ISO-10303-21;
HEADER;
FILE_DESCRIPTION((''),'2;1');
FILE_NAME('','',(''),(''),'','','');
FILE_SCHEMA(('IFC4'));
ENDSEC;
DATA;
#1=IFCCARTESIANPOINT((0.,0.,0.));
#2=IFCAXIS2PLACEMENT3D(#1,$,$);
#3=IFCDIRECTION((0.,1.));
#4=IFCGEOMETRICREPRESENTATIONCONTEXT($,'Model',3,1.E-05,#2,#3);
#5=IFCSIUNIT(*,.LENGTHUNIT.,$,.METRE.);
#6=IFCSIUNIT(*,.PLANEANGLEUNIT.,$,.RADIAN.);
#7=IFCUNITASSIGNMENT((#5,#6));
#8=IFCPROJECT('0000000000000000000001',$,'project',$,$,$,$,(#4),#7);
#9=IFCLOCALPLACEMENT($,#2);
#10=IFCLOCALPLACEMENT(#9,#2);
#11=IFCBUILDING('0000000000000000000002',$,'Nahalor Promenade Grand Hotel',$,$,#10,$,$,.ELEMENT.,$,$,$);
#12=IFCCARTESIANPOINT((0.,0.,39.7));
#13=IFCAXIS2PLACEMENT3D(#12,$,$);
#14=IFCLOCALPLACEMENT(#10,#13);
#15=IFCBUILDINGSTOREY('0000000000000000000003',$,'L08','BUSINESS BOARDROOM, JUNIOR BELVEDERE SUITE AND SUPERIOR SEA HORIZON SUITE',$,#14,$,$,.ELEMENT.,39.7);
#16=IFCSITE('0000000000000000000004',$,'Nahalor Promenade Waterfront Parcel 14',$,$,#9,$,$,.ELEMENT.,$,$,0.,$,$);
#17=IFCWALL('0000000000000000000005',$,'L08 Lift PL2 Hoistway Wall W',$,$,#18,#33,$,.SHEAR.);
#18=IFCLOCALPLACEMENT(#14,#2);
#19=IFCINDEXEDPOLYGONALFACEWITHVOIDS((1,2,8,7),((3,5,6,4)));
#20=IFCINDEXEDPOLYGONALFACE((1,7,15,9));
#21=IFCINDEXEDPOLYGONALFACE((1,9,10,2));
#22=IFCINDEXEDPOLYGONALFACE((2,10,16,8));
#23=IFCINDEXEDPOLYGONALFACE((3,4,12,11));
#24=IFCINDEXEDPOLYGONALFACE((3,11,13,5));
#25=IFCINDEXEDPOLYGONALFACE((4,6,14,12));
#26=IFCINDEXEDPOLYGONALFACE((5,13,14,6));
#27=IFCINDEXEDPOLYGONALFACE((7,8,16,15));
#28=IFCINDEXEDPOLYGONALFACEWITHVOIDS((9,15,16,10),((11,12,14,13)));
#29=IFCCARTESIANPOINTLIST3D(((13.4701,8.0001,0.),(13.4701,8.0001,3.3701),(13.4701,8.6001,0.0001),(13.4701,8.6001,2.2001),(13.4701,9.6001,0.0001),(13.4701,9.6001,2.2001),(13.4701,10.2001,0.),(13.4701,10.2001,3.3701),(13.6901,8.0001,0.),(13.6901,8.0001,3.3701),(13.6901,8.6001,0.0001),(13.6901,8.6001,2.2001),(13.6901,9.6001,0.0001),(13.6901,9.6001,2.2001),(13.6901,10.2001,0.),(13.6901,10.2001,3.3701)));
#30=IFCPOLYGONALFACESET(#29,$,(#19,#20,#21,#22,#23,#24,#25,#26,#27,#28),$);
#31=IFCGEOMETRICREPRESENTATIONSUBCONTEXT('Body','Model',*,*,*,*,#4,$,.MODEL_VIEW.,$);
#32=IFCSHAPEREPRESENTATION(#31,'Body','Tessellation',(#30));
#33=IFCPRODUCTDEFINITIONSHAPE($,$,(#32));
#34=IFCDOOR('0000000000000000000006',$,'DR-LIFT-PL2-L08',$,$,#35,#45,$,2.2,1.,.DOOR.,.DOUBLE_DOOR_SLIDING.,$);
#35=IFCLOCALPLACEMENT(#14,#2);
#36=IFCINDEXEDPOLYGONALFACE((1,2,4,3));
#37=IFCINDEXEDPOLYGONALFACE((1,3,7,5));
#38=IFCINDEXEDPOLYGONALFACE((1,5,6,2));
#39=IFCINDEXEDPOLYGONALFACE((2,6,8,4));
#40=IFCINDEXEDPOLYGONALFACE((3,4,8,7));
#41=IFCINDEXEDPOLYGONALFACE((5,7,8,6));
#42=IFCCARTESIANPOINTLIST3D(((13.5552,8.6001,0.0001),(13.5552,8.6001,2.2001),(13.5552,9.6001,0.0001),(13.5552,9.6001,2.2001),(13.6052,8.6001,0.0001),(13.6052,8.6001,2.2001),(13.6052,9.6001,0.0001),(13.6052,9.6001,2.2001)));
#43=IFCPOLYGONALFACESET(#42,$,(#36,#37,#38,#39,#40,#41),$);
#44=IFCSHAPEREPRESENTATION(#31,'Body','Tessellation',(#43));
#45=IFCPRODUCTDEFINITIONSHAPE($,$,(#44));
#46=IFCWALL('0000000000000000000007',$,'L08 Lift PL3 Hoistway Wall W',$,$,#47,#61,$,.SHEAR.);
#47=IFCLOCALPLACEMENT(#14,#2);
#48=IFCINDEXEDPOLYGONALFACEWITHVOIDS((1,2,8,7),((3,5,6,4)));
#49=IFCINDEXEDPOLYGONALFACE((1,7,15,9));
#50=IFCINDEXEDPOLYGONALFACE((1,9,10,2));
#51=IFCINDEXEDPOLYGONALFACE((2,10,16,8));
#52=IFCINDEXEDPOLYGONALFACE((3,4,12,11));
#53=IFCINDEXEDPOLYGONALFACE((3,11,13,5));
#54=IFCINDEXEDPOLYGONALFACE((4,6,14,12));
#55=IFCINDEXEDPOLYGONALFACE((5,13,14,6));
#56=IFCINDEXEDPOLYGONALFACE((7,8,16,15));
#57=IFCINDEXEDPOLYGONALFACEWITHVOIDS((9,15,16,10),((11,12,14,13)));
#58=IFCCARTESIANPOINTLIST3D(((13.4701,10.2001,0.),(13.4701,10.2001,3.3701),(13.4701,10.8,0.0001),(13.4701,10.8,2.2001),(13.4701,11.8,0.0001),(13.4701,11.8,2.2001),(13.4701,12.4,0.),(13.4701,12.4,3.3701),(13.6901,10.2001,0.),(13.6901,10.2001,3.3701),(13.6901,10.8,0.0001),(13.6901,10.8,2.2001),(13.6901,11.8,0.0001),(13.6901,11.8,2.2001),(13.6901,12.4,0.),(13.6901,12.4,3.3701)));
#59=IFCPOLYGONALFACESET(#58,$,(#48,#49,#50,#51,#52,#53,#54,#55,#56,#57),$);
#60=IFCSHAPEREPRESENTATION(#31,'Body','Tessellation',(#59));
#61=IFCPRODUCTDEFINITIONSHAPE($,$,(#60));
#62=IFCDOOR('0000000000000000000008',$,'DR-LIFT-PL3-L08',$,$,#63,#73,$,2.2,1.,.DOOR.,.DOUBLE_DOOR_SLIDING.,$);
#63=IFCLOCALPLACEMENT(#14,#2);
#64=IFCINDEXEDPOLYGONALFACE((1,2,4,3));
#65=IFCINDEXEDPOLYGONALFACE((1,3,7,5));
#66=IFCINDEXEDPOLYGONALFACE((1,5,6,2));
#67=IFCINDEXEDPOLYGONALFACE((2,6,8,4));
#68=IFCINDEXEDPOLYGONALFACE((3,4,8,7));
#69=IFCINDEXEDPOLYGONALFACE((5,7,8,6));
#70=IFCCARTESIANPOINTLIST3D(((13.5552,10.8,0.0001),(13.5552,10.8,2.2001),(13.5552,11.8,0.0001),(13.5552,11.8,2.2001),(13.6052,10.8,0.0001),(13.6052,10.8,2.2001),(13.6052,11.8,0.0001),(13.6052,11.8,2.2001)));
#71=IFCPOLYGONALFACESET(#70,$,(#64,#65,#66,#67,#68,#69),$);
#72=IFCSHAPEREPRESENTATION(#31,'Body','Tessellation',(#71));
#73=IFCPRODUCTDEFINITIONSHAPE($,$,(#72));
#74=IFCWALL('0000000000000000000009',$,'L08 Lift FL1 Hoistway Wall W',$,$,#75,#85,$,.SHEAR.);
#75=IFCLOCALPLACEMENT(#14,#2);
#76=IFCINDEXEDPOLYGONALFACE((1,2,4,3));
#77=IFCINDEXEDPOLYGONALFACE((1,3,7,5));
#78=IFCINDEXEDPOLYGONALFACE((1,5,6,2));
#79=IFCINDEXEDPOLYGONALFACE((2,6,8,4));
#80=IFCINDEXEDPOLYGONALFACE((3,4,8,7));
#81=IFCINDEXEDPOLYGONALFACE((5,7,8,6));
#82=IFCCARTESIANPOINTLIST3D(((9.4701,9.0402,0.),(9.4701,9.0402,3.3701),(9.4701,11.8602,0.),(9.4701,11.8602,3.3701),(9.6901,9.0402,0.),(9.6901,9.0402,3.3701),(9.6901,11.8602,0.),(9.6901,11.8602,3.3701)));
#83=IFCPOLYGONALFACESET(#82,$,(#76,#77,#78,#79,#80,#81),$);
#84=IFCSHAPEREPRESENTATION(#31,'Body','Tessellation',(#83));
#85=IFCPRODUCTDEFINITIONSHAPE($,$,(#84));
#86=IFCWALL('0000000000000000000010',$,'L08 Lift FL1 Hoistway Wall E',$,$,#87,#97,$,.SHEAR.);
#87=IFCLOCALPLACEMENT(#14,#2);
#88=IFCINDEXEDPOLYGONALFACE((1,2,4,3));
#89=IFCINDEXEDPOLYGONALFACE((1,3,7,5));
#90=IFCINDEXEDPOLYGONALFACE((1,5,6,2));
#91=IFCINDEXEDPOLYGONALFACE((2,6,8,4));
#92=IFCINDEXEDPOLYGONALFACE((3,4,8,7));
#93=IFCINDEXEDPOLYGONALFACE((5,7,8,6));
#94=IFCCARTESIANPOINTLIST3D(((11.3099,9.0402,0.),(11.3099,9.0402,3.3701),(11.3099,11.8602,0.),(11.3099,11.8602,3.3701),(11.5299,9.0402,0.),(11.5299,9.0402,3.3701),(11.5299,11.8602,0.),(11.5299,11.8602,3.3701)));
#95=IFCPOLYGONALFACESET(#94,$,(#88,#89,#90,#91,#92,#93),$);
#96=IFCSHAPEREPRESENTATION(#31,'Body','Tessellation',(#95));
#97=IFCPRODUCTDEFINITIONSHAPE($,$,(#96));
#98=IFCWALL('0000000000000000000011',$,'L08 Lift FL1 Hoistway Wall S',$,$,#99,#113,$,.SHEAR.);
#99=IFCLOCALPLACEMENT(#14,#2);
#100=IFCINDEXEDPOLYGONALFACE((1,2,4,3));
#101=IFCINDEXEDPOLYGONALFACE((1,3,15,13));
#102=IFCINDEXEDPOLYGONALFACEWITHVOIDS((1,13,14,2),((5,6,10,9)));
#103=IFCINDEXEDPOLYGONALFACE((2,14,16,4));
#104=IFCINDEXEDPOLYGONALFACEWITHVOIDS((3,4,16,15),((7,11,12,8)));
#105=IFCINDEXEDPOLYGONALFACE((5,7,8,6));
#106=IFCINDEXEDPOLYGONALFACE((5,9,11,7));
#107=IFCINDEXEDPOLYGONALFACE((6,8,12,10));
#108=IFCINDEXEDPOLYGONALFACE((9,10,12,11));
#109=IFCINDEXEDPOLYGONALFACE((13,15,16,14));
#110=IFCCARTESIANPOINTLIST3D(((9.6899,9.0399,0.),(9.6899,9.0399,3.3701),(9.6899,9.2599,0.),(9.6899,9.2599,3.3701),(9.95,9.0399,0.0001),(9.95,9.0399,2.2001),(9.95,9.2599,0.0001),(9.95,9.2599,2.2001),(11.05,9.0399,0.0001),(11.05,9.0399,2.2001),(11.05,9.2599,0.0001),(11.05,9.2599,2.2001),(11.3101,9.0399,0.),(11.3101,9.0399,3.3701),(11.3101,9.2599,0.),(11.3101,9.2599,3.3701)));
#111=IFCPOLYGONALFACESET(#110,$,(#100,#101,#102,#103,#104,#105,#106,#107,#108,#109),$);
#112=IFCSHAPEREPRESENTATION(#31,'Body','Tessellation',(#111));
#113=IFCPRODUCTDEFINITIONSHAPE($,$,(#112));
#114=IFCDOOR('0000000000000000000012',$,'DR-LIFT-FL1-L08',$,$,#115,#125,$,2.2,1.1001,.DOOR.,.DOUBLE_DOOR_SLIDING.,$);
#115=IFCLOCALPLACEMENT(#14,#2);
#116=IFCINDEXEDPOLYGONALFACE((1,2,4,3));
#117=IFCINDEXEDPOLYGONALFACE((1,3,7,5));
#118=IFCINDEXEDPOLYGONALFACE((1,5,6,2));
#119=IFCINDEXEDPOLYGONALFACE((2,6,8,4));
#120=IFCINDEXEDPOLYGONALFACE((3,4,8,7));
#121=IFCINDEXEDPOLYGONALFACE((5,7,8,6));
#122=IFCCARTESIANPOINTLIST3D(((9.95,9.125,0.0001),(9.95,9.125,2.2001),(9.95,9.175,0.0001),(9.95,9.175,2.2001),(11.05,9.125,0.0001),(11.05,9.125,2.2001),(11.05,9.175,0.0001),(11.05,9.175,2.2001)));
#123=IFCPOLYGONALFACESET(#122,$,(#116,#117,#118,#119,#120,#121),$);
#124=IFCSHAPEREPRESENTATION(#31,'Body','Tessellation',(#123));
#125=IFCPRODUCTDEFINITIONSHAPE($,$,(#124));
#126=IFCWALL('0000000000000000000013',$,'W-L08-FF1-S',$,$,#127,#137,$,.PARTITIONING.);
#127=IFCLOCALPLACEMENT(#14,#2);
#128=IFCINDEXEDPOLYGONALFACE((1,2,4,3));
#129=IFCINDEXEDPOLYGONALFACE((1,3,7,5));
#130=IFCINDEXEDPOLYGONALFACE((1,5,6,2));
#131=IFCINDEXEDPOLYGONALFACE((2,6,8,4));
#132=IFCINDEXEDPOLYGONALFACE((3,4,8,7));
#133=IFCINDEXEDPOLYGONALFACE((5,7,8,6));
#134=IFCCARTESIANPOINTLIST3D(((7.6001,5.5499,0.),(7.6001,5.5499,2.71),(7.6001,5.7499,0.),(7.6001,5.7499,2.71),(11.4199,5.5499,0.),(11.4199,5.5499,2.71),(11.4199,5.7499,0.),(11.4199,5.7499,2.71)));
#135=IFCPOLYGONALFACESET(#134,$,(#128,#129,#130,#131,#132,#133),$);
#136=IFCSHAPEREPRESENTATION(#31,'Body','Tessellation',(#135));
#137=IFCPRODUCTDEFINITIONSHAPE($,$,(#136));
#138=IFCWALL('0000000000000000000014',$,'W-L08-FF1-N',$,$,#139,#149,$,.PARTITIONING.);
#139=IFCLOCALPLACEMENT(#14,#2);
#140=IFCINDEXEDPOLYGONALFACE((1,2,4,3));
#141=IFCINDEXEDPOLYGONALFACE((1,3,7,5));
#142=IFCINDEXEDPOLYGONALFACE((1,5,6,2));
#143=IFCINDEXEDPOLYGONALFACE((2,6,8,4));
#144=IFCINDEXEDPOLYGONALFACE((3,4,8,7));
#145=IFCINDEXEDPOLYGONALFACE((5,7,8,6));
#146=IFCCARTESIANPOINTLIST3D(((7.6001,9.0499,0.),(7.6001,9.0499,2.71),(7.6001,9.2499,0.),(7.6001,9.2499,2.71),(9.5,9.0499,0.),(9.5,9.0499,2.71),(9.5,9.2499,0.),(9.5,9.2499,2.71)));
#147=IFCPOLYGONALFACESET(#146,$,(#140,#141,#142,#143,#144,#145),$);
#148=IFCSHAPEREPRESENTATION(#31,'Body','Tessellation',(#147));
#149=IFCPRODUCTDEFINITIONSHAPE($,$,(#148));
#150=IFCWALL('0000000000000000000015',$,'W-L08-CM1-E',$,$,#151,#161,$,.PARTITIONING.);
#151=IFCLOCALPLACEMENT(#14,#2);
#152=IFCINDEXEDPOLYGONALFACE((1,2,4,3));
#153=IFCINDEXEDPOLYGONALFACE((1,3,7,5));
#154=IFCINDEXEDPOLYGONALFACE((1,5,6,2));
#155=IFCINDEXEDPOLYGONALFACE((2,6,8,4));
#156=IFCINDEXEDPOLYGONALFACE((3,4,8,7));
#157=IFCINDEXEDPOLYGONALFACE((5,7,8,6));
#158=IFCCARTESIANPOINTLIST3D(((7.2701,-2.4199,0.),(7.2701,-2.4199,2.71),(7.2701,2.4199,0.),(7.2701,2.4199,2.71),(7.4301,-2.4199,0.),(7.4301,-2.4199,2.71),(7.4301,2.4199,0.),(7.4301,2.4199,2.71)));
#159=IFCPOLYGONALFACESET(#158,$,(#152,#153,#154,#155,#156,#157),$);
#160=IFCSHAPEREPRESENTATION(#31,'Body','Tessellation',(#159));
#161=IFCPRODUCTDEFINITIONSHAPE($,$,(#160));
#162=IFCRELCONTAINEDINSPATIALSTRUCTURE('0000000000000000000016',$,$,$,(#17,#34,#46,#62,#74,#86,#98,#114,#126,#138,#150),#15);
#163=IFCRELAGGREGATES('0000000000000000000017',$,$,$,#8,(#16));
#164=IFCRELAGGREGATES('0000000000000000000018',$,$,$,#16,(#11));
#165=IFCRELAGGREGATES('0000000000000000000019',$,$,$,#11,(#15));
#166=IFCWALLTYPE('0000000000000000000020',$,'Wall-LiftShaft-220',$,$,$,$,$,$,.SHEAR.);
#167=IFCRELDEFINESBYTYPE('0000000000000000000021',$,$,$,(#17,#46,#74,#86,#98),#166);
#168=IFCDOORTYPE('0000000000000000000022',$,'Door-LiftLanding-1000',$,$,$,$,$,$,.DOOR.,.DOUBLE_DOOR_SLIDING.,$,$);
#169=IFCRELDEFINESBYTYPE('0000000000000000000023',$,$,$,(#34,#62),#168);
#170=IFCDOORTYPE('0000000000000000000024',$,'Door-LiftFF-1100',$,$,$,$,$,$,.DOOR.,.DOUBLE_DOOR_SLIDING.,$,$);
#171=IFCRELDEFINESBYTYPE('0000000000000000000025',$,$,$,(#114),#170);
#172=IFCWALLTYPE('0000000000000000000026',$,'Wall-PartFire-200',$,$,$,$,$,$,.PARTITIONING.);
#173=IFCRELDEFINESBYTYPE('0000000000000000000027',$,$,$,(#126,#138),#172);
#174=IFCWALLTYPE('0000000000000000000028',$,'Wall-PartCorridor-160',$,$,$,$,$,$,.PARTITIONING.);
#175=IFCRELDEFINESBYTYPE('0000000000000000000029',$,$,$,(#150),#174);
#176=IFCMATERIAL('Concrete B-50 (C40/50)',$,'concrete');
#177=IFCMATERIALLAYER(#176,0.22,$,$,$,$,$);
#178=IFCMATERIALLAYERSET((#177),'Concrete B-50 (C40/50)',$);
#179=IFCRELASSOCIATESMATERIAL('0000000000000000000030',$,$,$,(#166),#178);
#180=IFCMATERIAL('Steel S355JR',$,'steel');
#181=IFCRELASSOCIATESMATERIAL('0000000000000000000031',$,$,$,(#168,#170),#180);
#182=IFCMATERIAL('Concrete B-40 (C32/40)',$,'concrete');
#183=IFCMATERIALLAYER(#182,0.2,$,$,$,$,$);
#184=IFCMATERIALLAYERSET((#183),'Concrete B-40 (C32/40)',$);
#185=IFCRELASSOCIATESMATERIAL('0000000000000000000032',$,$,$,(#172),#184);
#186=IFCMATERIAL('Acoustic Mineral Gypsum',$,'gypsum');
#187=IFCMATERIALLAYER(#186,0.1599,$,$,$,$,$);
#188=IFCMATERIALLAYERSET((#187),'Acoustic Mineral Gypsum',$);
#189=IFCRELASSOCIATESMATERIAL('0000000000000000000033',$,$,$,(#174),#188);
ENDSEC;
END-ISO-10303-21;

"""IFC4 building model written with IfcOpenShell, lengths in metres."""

from ifc_helpers import new_model, si_unit, direction, frame, frame_2d, origin, place, context, subcontext, project, spatial, rectangle, extrude, source, transform, mapped, material, layer, layer_set, type_object, element, fill, save


model = new_model("IFC4")

# Units and contexts
model_context = context("Model", 3, precision=1e-05, world=origin(), true_north=direction((0.0, 1.0)))
body_context = subcontext(model_context, "Body", "Model", "MODEL_VIEW")
ifc_project = project(units=[si_unit("LENGTHUNIT", "METRE"), si_unit("PLANEANGLEUNIT", "RADIAN")], contexts=[model_context])

# Site, building, storey
site_placement = place(None, origin())
site = spatial("IfcSite", under=ifc_project, at=site_placement, Name="Nahalor Promenade Waterfront Parcel 14", CompositionType="ELEMENT", RefElevation=0.0)
building_placement = place(site_placement, origin())
building = spatial("IfcBuilding", under=site, at=building_placement, Name="Nahalor Promenade Grand Hotel", CompositionType="ELEMENT")
storey_placement = place(building_placement, frame((0.0, 0.0, 39.7)))
storey = spatial("IfcBuildingStorey", under=building, at=storey_placement, Name="L08", Description="BUSINESS BOARDROOM, JUNIOR BELVEDERE SUITE AND SUPERIOR SEA HORIZON SUITE", CompositionType="ELEMENT", Elevation=39.7)

# Shared definitions
ifc_material_1 = material(Name="Steel S355JR", Category="steel")

# Shared definitions
ifc_material_2 = material(Name="Concrete B-50 (C40/50)", Category="concrete")
ifc_layer_1 = layer(ifc_material_2, 0.22)
ifc_layer_set_1 = layer_set([ifc_layer_1], Name="Concrete B-50 (C40/50)")
wall_type_1 = type_object("IfcWallType", Name="Wall-LiftShaft-220", PredefinedType="SHEAR", material=ifc_layer_set_1)
door_type_1 = type_object("IfcDoorType", Name="Door-LiftLanding-1000", OperationType="DOUBLE_DOOR_SLIDING", PredefinedType="DOOR", material=ifc_material_1)
shared_shape_1 = source(origin(), body_context, "Body", "SweptSolid", [
    extrude(rectangle(XDim=1.0, YDim=2.2, at=frame_2d((0.5, 1.1001))), frame((0.0, 0.0249, 0.0), z_axis=(0.0, -1.0, 0.0), x_axis=(1.0, 0.0, 0.0)), (0.0, 0.0, 1.0), 0.05),
])

# Walls, openings, doors
shared_shape_2 = source(origin(), body_context, "Body", "SweptSolid", [
    extrude(rectangle(XDim=2.2, YDim=0.22, at=frame_2d((1.1001, 0.0))), origin(), (0.0, 0.0, 1.0), 3.3701),
])
wall_1_placement = place(storey_placement, frame((13.5801, 8.0, 0.0), z_axis=(0.0, 0.0, 1.0), x_axis=(0.0, 1.0, 0.0)))
wall_1 = element("IfcWall", 1, at=wall_1_placement, inside=storey, type_object=wall_type_1, Name="L08 Lift PL2 Hoistway Wall W", PredefinedType="SHEAR", context=body_context, shape_type="MappedRepresentation", body=[
    mapped(shared_shape_2, transform((0.0, 0.0, 0.0), scale=1.0)),
])
opening_1_placement = place(wall_1_placement, frame((0.6001, 0.0, 0.0)))
opening_1 = element("IfcOpeningElement", 2, at=opening_1_placement, cuts=wall_1, PredefinedType="OPENING", context=body_context, shape_type="SweptSolid", body=[
    extrude(rectangle(XDim=1.0, YDim=2.2, at=frame_2d((0.5, 1.1001))), frame((0.0, 0.1199, 0.0), z_axis=(0.0, -1.0, 0.0), x_axis=(1.0, 0.0, 0.0)), (0.0, 0.0, 1.0), 0.24),
])
door_1_placement = place(opening_1_placement, origin())
door_1 = element("IfcDoor", 3, at=door_1_placement, inside=storey, type_object=door_type_1, Name="DR-LIFT-PL2-L08", OperationType="DOUBLE_DOOR_SLIDING", OverallHeight=2.2, OverallWidth=1.0, PredefinedType="DOOR", context=body_context, shape_type="MappedRepresentation", body=[
    mapped(shared_shape_1, transform((0.0, 0.0, 0.0), scale=1.0)),
])
fill(opening_1, door_1)
wall_2_placement = place(storey_placement, frame((13.5801, 10.2, 0.0), z_axis=(0.0, 0.0, 1.0), x_axis=(0.0, 1.0, 0.0)))
wall_2 = element("IfcWall", 4, at=wall_2_placement, inside=storey, type_object=wall_type_1, Name="L08 Lift PL3 Hoistway Wall W", PredefinedType="SHEAR", context=body_context, shape_type="MappedRepresentation", body=[
    mapped(shared_shape_2, transform((0.0, 0.0, 0.0), scale=1.0)),
])
opening_2_placement = place(wall_2_placement, frame((0.6001, 0.0, 0.0)))
opening_2 = element("IfcOpeningElement", 5, at=opening_2_placement, cuts=wall_2, PredefinedType="OPENING", context=body_context, shape_type="SweptSolid", body=[
    extrude(rectangle(XDim=1.0, YDim=2.2, at=frame_2d((0.5, 1.1001))), frame((0.0, 0.1199, 0.0), z_axis=(0.0, -1.0, 0.0), x_axis=(1.0, 0.0, 0.0)), (0.0, 0.0, 1.0), 0.24),
])
door_2_placement = place(opening_2_placement, origin())
door_2 = element("IfcDoor", 6, at=door_2_placement, inside=storey, type_object=door_type_1, Name="DR-LIFT-PL3-L08", OperationType="DOUBLE_DOOR_SLIDING", OverallHeight=2.2, OverallWidth=1.0, PredefinedType="DOOR", context=body_context, shape_type="MappedRepresentation", body=[
    mapped(shared_shape_1, transform((0.0, 0.0, 0.0), scale=1.0)),
])
fill(opening_2, door_2)

# Walls
shared_shape_3 = source(origin(), body_context, "Body", "SweptSolid", [
    extrude(rectangle(XDim=2.8201, YDim=0.22, at=frame_2d((1.4102, 0.0))), origin(), (0.0, 0.0, 1.0), 3.3701),
])
for number, where, z_axis, x_axis, name in (
    (7, (9.5801, 9.04, 0.0), (0.0, 0.0, 1.0), (0.0, 1.0, 0.0), "L08 Lift FL1 Hoistway Wall W"),
    (8, (11.4199, 9.04, 0.0), (0.0, 0.0, 1.0), (0.0, 1.0, 0.0), "L08 Lift FL1 Hoistway Wall E"),
):
    element("IfcWall", number, at=place(storey_placement, frame(where, z_axis=z_axis, x_axis=x_axis)), inside=storey, type_object=wall_type_1, Name=name, PredefinedType="SHEAR", context=body_context, shape_type="MappedRepresentation", body=[
        mapped(shared_shape_3, transform((0.0, 0.0, 0.0), scale=1.0)),
    ])

# Wall, opening, door
shared_shape_4 = source(origin(), body_context, "Body", "SweptSolid", [
    extrude(rectangle(XDim=1.6201, YDim=0.22, at=frame_2d((0.8101, 0.0))), origin(), (0.0, 0.0, 1.0), 3.3701),
])
wall_3_placement = place(storey_placement, frame((9.6899, 9.1499, 0.0), z_axis=(0.0, 0.0, 1.0), x_axis=(1.0, 0.0, 0.0)))
wall_3 = element("IfcWall", 9, at=wall_3_placement, inside=storey, type_object=wall_type_1, Name="L08 Lift FL1 Hoistway Wall S", PredefinedType="SHEAR", context=body_context, shape_type="MappedRepresentation", body=[
    mapped(shared_shape_4, transform((0.0, 0.0, 0.0), scale=1.0)),
])
opening_3_placement = place(wall_3_placement, frame((0.26, 0.0, 0.0)))
opening_3 = element("IfcOpeningElement", 10, at=opening_3_placement, cuts=wall_3, PredefinedType="OPENING", context=body_context, shape_type="SweptSolid", body=[
    extrude(rectangle(XDim=1.1001, YDim=2.2, at=frame_2d((0.55, 1.1001))), frame((0.0, 0.1199, 0.0), z_axis=(0.0, -1.0, 0.0), x_axis=(1.0, 0.0, 0.0)), (0.0, 0.0, 1.0), 0.24),
])
door_type_2 = type_object("IfcDoorType", Name="Door-LiftFF-1100", OperationType="DOUBLE_DOOR_SLIDING", PredefinedType="DOOR", material=ifc_material_1)
shared_shape_5 = source(origin(), body_context, "Body", "SweptSolid", [
    extrude(rectangle(XDim=1.1001, YDim=2.2, at=frame_2d((0.55, 1.1001))), frame((0.0, 0.0249, 0.0), z_axis=(0.0, -1.0, 0.0), x_axis=(1.0, 0.0, 0.0)), (0.0, 0.0, 1.0), 0.05),
])
door_3_placement = place(opening_3_placement, frame((1.1001, 0.0, 0.0), z_axis=(0.0, 0.0, 1.0), x_axis=(-1.0, 0.0, 0.0)))
door_3 = element("IfcDoor", 11, at=door_3_placement, inside=storey, type_object=door_type_2, Name="DR-LIFT-FL1-L08", OperationType="DOUBLE_DOOR_SLIDING", OverallHeight=2.2, OverallWidth=1.1001, PredefinedType="DOOR", context=body_context, shape_type="MappedRepresentation", body=[
    mapped(shared_shape_5, transform((0.0, 0.0, 0.0), scale=1.0)),
])
fill(opening_3, door_3)

# Walls
ifc_material_3 = material(Name="Concrete B-40 (C32/40)", Category="concrete")
ifc_layer_2 = layer(ifc_material_3, 0.2)
ifc_layer_set_2 = layer_set([ifc_layer_2], Name="Concrete B-40 (C32/40)")
wall_type_2 = type_object("IfcWallType", Name="Wall-PartFire-200", PredefinedType="PARTITIONING", material=ifc_layer_set_2)
shared_shape_6 = source(origin(), body_context, "Body", "SweptSolid", [
    extrude(rectangle(XDim=3.8198, YDim=0.2, at=frame_2d((1.9099, 0.0))), origin(), (0.0, 0.0, 1.0), 2.71),
])
wall_4_placement = place(storey_placement, frame((7.6001, 5.6499, 0.0), z_axis=(0.0, 0.0, 1.0), x_axis=(1.0, 0.0, 0.0)))
element("IfcWall", 12, at=wall_4_placement, inside=storey, type_object=wall_type_2, Name="W-L08-FF1-S", PredefinedType="PARTITIONING", context=body_context, shape_type="MappedRepresentation", body=[
    mapped(shared_shape_6, transform((0.0, 0.0, 0.0), scale=1.0)),
])
shared_shape_7 = source(origin(), body_context, "Body", "SweptSolid", [
    extrude(rectangle(XDim=1.8999, YDim=0.2, at=frame_2d((0.95, 0.0))), origin(), (0.0, 0.0, 1.0), 2.71),
])
wall_5_placement = place(storey_placement, frame((7.6001, 9.1499, 0.0), z_axis=(0.0, 0.0, 1.0), x_axis=(1.0, 0.0, 0.0)))
element("IfcWall", 13, at=wall_5_placement, inside=storey, type_object=wall_type_2, Name="W-L08-FF1-N", PredefinedType="PARTITIONING", context=body_context, shape_type="MappedRepresentation", body=[
    mapped(shared_shape_7, transform((0.0, 0.0, 0.0), scale=1.0)),
])

# Wall
ifc_material_4 = material(Name="Acoustic Mineral Gypsum", Category="gypsum")
ifc_layer_3 = layer(ifc_material_4, 0.1599)
ifc_layer_set_3 = layer_set([ifc_layer_3], Name="Acoustic Mineral Gypsum")
wall_type_3 = type_object("IfcWallType", Name="Wall-PartCorridor-160", PredefinedType="PARTITIONING", material=ifc_layer_set_3)
shared_shape_8 = source(origin(), body_context, "Body", "SweptSolid", [
    extrude(rectangle(XDim=4.8398, YDim=0.1599, at=frame_2d((2.4199, 0.0))), origin(), (0.0, 0.0, 1.0), 2.71),
])
wall_6_placement = place(storey_placement, frame((7.3501, -2.4199, 0.0), z_axis=(0.0, 0.0, 1.0), x_axis=(0.0, 1.0, 0.0)))
element("IfcWall", 14, at=wall_6_placement, inside=storey, type_object=wall_type_3, Name="W-L08-CM1-E", PredefinedType="PARTITIONING", context=body_context, shape_type="MappedRepresentation", body=[
    mapped(shared_shape_8, transform((0.0, 0.0, 0.0), scale=1.0)),
])

save(model, "model.ifc")
